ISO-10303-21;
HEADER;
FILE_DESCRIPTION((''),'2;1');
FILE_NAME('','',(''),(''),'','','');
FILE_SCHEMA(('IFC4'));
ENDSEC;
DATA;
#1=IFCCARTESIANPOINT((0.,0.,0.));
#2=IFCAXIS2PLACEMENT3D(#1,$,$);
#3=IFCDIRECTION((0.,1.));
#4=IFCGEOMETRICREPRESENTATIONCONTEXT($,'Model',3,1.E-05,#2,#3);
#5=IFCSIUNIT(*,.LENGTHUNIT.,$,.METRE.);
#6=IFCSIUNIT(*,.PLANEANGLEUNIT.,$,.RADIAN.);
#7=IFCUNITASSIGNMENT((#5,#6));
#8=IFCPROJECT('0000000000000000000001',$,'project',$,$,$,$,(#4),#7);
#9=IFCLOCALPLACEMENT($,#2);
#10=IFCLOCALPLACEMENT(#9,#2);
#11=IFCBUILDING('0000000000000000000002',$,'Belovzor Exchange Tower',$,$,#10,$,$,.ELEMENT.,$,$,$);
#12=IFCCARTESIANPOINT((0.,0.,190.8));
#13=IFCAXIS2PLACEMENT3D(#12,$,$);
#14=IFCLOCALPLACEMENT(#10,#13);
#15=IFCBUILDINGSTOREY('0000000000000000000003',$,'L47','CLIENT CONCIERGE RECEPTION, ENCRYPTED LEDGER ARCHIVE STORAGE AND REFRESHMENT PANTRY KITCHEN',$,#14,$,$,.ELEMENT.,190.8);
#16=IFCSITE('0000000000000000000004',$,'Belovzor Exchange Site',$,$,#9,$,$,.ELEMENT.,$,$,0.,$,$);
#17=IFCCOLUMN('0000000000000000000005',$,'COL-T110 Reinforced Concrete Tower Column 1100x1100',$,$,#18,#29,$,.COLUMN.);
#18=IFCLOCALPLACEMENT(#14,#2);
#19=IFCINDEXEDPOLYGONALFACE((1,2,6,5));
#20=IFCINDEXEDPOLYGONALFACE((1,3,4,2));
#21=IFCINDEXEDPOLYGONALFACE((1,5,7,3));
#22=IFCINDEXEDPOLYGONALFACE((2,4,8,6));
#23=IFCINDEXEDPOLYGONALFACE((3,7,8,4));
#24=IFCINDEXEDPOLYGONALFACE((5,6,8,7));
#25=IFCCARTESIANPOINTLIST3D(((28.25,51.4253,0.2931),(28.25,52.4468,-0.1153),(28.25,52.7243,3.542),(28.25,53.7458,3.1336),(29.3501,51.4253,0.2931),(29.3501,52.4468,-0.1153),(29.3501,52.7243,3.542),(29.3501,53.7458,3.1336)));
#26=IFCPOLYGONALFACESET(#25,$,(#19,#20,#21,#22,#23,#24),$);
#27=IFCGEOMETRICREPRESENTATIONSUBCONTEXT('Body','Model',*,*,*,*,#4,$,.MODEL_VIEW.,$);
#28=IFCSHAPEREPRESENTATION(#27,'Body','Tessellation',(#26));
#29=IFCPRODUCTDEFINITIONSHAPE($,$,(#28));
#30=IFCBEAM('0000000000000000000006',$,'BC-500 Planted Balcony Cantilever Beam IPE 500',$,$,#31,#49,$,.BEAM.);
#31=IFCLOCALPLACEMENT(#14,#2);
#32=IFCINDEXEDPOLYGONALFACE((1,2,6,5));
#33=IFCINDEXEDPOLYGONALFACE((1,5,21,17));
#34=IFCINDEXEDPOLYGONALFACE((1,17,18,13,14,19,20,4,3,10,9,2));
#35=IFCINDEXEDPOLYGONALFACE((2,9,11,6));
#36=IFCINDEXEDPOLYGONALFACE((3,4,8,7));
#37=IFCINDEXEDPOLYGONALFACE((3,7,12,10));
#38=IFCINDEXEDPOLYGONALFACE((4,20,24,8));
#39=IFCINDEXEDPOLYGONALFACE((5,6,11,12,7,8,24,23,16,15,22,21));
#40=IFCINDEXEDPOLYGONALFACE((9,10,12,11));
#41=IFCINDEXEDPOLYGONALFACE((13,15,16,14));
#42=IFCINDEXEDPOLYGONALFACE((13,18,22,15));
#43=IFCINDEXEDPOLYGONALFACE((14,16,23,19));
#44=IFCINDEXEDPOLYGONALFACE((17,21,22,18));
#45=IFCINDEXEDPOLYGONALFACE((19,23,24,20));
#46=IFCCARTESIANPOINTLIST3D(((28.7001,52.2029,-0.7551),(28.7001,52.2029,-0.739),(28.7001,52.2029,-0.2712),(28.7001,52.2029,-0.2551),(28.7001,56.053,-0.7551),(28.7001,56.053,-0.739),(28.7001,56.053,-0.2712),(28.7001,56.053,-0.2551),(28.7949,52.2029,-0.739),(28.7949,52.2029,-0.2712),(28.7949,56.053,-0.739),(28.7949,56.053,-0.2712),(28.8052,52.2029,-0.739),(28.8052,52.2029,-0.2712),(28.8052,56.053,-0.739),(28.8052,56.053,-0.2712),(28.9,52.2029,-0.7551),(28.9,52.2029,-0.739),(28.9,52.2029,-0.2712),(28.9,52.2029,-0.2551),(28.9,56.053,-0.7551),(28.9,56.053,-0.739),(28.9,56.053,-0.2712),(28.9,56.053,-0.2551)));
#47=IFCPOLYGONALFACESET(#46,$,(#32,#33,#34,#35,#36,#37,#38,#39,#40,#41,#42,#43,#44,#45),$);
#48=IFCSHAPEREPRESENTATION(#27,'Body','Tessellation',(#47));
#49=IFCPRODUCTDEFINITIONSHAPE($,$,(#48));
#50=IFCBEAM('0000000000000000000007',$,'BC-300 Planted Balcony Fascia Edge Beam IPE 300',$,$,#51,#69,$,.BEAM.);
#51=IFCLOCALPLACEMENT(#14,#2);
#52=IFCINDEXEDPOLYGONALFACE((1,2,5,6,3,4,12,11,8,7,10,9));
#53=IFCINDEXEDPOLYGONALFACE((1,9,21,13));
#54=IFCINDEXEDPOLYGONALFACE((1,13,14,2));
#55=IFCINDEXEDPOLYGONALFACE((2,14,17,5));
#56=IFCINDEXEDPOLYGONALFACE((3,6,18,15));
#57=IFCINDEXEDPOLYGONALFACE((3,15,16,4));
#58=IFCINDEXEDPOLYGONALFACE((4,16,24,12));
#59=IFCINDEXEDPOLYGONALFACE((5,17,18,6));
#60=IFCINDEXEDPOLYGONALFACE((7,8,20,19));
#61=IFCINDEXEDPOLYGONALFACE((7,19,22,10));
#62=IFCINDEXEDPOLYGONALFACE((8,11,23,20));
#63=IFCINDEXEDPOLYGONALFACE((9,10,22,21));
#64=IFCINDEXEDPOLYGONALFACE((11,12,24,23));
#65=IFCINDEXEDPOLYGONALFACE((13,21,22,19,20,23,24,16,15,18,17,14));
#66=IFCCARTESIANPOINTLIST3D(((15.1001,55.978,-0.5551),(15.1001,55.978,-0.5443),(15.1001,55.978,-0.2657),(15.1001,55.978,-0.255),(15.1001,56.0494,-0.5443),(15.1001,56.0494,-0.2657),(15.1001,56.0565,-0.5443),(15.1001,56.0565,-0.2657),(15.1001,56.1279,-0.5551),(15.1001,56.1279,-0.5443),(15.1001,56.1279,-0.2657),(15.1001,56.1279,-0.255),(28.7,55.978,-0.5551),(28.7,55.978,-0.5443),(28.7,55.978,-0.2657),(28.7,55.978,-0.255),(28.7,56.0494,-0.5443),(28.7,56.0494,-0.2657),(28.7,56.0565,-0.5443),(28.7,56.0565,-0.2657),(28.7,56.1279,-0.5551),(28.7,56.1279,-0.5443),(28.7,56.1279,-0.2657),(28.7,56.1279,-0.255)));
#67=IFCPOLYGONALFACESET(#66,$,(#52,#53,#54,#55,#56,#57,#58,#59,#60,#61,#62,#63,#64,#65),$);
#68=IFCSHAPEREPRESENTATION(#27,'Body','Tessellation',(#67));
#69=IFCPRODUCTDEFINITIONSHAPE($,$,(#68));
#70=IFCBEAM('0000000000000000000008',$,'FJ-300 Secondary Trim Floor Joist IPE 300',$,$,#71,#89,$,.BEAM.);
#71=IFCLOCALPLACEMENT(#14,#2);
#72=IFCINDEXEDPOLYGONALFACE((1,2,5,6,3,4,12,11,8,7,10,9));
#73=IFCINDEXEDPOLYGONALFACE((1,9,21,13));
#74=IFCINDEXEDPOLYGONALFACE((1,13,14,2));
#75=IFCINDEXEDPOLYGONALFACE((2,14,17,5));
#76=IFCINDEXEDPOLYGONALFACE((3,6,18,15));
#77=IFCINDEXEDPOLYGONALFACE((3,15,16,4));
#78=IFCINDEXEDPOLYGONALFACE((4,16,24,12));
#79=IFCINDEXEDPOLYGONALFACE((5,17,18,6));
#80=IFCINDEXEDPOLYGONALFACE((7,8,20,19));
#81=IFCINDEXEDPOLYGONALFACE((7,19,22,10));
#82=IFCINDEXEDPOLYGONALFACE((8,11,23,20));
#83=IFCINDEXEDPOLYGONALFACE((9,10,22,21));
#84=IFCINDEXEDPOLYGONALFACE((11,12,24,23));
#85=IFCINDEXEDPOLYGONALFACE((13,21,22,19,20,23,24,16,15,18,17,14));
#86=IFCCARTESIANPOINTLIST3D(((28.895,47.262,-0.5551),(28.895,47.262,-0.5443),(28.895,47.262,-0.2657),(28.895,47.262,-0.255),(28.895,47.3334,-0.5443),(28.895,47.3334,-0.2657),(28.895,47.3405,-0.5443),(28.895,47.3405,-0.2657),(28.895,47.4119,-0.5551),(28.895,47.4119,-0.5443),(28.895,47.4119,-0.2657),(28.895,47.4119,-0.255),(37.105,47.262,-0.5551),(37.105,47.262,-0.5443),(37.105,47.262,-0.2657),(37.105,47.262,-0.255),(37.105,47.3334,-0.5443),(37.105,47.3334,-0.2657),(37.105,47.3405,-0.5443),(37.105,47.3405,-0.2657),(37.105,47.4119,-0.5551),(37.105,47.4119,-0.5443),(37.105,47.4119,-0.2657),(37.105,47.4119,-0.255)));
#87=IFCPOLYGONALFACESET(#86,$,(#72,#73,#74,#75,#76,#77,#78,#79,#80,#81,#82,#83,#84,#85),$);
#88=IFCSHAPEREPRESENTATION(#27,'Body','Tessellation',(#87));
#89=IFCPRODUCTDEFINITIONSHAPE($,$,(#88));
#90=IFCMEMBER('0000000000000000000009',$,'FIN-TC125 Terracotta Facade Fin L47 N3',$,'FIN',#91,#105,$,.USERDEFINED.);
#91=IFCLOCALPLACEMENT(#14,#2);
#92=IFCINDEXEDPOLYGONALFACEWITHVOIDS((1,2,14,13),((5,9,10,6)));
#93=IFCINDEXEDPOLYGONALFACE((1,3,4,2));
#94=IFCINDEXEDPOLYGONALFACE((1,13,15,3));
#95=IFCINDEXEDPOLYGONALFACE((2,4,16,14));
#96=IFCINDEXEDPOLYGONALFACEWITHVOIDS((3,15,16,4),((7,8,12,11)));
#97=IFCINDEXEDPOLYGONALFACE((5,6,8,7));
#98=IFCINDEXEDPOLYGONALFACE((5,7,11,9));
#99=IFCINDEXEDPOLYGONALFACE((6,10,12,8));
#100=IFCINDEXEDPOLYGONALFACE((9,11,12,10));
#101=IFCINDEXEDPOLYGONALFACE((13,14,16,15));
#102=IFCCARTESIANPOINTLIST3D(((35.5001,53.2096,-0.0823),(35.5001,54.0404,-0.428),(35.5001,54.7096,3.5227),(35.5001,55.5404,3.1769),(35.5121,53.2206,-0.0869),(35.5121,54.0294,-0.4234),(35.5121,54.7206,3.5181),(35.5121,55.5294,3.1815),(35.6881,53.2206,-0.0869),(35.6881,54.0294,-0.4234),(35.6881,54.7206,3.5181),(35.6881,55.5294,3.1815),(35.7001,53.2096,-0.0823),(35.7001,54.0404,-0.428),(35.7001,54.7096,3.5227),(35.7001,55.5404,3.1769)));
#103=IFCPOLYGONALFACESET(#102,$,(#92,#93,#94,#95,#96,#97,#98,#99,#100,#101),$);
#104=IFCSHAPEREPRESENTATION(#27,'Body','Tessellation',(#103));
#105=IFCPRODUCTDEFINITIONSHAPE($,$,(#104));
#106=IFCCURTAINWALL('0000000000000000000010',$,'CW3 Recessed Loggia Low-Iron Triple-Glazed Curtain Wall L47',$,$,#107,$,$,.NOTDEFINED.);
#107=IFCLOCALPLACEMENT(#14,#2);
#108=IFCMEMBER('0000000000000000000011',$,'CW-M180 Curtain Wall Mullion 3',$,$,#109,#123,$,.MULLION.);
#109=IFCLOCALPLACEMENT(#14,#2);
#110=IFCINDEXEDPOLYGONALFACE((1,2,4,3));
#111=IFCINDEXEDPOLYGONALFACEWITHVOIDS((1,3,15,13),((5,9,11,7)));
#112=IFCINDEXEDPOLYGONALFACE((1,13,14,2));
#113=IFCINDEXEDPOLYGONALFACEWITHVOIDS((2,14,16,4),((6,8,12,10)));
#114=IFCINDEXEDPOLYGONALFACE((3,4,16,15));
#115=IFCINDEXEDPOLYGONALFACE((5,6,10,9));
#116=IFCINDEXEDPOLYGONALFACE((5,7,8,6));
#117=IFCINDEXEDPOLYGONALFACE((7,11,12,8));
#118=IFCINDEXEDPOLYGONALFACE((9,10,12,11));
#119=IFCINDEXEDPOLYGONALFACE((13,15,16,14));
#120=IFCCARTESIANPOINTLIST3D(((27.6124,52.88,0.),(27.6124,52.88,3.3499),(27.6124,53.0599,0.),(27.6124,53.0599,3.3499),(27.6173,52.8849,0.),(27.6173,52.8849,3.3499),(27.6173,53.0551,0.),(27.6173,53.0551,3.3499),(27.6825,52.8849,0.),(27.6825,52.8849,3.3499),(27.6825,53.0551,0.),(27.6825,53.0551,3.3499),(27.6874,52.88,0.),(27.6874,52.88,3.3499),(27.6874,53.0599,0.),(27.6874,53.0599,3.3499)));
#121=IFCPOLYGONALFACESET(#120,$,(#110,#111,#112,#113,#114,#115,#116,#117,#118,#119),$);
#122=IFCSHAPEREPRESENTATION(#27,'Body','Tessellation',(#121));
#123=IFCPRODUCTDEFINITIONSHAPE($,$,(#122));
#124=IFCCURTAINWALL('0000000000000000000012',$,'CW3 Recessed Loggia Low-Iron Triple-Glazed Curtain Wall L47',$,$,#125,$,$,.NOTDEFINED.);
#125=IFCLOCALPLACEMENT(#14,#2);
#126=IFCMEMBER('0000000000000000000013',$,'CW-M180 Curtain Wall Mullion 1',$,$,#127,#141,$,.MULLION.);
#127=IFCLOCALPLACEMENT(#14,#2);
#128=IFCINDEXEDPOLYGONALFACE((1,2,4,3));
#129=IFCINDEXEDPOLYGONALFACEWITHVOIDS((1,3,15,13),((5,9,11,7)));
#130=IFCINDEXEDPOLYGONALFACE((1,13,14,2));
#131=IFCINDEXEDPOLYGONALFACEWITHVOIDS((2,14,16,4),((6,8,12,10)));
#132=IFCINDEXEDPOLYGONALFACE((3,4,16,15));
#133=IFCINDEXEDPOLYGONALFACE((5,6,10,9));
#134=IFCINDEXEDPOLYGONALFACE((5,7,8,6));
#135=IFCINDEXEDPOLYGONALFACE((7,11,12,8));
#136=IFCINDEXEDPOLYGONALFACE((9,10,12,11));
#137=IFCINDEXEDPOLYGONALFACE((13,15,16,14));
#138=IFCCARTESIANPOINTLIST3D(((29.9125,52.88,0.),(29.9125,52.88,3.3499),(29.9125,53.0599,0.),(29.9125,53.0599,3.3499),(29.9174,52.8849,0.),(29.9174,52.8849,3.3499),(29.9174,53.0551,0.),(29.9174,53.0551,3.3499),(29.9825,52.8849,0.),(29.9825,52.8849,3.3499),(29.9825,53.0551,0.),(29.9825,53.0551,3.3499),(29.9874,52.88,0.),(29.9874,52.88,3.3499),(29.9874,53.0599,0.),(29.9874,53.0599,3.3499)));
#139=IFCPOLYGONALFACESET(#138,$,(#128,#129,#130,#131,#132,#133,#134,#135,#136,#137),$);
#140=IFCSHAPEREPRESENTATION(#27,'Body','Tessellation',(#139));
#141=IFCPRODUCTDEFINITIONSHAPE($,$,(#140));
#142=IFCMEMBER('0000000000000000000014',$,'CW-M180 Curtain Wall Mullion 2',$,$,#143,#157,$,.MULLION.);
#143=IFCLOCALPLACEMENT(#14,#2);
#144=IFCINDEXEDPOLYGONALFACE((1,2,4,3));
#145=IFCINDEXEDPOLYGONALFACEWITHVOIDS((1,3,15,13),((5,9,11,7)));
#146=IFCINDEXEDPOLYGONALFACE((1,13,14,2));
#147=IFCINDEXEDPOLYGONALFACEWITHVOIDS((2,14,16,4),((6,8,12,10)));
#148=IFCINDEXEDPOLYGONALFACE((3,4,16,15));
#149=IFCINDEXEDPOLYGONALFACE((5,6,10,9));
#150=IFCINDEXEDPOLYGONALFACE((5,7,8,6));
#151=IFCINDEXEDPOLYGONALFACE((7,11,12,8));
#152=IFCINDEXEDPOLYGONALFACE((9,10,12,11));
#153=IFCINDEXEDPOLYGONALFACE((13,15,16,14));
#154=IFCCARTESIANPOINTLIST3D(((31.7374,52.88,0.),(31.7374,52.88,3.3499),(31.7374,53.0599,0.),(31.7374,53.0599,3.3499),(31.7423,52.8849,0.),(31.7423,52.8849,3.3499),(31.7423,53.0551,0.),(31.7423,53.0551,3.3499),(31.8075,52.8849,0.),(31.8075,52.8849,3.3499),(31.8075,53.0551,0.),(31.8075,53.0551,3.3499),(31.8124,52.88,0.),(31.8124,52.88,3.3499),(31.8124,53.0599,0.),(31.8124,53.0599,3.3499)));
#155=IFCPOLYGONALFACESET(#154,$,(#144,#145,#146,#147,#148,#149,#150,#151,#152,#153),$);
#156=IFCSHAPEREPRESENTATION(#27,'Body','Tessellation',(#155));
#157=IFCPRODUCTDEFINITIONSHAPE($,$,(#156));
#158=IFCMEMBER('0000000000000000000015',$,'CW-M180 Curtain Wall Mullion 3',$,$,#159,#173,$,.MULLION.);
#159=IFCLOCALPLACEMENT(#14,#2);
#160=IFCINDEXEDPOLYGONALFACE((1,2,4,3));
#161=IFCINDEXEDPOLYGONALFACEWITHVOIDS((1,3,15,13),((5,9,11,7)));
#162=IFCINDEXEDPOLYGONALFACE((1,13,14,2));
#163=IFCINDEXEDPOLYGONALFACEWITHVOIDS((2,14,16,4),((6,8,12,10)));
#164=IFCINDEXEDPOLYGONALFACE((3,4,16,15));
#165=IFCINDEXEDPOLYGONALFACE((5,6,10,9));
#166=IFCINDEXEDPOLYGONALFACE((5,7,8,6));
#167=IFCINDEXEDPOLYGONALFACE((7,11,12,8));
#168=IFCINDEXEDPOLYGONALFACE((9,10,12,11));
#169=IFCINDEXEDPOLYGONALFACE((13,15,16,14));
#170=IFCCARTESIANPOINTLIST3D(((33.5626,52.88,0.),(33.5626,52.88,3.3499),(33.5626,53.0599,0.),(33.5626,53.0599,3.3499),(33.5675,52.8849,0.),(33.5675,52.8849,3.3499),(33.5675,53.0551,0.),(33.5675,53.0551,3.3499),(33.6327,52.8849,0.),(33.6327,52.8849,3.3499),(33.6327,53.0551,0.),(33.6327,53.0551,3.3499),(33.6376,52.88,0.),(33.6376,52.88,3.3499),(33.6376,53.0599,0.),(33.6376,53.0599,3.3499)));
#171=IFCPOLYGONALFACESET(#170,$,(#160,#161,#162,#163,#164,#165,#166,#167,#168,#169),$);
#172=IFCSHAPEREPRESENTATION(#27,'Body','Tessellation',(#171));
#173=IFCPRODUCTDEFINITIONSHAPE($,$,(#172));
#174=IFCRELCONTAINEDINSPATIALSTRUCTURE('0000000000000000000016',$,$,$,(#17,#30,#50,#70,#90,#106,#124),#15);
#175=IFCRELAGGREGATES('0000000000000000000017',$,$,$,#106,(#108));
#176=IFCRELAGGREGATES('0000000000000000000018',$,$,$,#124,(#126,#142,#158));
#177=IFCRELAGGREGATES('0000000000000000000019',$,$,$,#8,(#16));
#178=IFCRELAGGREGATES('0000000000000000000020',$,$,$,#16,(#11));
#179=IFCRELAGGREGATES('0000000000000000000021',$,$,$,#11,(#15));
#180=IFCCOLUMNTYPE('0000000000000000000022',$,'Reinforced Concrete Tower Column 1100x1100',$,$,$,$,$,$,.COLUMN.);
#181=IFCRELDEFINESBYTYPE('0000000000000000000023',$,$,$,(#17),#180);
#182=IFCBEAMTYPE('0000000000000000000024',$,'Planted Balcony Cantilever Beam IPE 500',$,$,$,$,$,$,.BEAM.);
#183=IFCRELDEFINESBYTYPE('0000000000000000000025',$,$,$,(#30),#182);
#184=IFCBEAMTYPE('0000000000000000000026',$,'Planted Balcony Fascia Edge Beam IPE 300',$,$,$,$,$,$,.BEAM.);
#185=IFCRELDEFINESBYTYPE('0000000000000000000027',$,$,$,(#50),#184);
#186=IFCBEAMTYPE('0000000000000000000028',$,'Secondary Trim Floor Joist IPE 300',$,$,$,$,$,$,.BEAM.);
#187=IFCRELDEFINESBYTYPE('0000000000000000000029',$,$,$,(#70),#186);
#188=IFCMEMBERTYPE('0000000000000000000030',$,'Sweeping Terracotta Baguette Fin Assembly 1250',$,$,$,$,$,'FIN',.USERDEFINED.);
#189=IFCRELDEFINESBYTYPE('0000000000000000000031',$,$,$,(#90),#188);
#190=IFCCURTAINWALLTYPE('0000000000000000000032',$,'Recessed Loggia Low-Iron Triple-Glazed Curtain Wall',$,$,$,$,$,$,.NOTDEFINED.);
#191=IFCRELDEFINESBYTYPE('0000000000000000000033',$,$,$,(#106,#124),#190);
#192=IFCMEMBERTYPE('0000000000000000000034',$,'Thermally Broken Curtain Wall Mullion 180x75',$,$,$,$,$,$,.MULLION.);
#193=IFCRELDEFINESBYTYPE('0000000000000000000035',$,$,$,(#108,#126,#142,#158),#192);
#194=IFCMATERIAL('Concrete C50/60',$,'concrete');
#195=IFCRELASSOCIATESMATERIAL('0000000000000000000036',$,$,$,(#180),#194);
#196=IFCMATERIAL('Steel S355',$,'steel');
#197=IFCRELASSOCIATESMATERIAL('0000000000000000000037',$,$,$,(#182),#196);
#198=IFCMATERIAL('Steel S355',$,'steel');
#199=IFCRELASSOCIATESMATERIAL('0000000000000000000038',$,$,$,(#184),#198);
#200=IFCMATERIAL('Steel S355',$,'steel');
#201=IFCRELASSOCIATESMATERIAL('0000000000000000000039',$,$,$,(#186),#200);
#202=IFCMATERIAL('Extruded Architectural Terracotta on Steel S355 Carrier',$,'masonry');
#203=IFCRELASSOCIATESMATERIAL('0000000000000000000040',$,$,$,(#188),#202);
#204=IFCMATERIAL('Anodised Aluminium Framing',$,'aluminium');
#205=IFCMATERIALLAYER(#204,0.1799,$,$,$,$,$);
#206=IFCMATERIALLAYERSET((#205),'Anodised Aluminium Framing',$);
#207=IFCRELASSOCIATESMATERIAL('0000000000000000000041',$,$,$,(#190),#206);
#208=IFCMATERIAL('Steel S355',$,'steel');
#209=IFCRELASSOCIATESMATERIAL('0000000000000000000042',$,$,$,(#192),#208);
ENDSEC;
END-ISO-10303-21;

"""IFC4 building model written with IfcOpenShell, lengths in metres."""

from ifc_helpers import new_model, si_unit, direction, frame, origin, origin_2d, place, context, subcontext, project, spatial, rectangle, hollow_rectangle, i_section, extrude, material, layer, layer_set, material_profile, profile_set, type_object, element, aggregate, save


model = new_model("IFC4")

# Units and contexts
model_context = context("Model", 3, precision=1e-05, world=origin(), true_north=direction((0.0, 1.0)))
body_context = subcontext(model_context, "Body", "Model", "MODEL_VIEW")
ifc_project = project(units=[si_unit("LENGTHUNIT", "METRE"), si_unit("PLANEANGLEUNIT", "RADIAN")], contexts=[model_context])

# Site, building, storey
site_placement = place(None, origin())
site = spatial("IfcSite", under=ifc_project, at=site_placement, Name="Belovzor Exchange Site", CompositionType="ELEMENT", RefElevation=0.0)
building_placement = place(site_placement, origin())
building = spatial("IfcBuilding", under=site, at=building_placement, Name="Belovzor Exchange Tower", CompositionType="ELEMENT")
storey_placement = place(building_placement, frame((0.0, 0.0, 190.8)))
storey = spatial("IfcBuildingStorey", under=building, at=storey_placement, Name="L47", Description="CLIENT CONCIERGE RECEPTION, ENCRYPTED LEDGER ARCHIVE STORAGE AND REFRESHMENT PANTRY KITCHEN", CompositionType="ELEMENT", Elevation=190.8)

# Column
ifc_material_1 = material(Name="Concrete C50/60", Category="concrete")
ifc_material_profile_1 = material_profile(ifc_material_1, rectangle(XDim=1.1001, YDim=1.1001, at=origin_2d()))
ifc_profile_set_1 = profile_set([ifc_material_profile_1], Name="Concrete C50/60")
column_type = type_object("IfcColumnType", Name="Reinforced Concrete Tower Column 1100x1100", PredefinedType="COLUMN", material=ifc_profile_set_1)
column_placement = place(storey_placement, frame((28.8, 51.936, 0.0889), z_axis=(0.0, 0.371258, 0.92853), x_axis=(-1.0, 0.0, 0.0)))
element("IfcColumn", 1, at=column_placement, inside=storey, type_object=column_type, Name="COL-T110 Reinforced Concrete Tower Column 1100x1100", PredefinedType="COLUMN", context=body_context, shape_type="SweptSolid", body=[
    extrude(rectangle(XDim=1.1001, YDim=1.1001, at=origin_2d()), origin(), (0.0, 0.0, 1.0), 3.499),
])

# Beams
ifc_material_2 = material(Name="Steel S355", Category="steel")
ifc_material_profile_2 = material_profile(ifc_material_2, i_section(OverallWidth=0.2, OverallDepth=0.5, WebThickness=0.0103, FlangeThickness=0.0161, at=origin_2d()))
ifc_profile_set_2 = profile_set([ifc_material_profile_2], Name="Steel S355")
beam_type_1 = type_object("IfcBeamType", Name="Planted Balcony Cantilever Beam IPE 500", PredefinedType="BEAM", material=ifc_profile_set_2)
beam_1_placement = place(storey_placement, frame((28.8, 52.2029, -0.5051), z_axis=(0.0, 1.0, 0.0), x_axis=(-1.0, 0.0, 0.0)))
element("IfcBeam", 2, at=beam_1_placement, inside=storey, type_object=beam_type_1, Name="BC-500 Planted Balcony Cantilever Beam IPE 500", PredefinedType="BEAM", context=body_context, shape_type="SweptSolid", body=[
    extrude(i_section(OverallWidth=0.2, OverallDepth=0.5, WebThickness=0.0103, FlangeThickness=0.0161, at=origin_2d()), origin(), (0.0, 0.0, 1.0), 3.8501),
])
ifc_material_3 = material(Name="Steel S355", Category="steel")
ifc_material_profile_3 = material_profile(ifc_material_3, i_section(OverallWidth=0.1499, OverallDepth=0.3, WebThickness=0.0071, FlangeThickness=0.0107, at=origin_2d()))
ifc_profile_set_3 = profile_set([ifc_material_profile_3], Name="Steel S355")
beam_type_2 = type_object("IfcBeamType", Name="Planted Balcony Fascia Edge Beam IPE 300", PredefinedType="BEAM", material=ifc_profile_set_3)
beam_2_placement = place(storey_placement, frame((28.7, 56.053, -0.405), z_axis=(-1.0, 0.0, 0.0), x_axis=(0.0, -1.0, 0.0)))
element("IfcBeam", 3, at=beam_2_placement, inside=storey, type_object=beam_type_2, Name="BC-300 Planted Balcony Fascia Edge Beam IPE 300", PredefinedType="BEAM", context=body_context, shape_type="SweptSolid", body=[
    extrude(i_section(OverallWidth=0.1499, OverallDepth=0.3, WebThickness=0.0071, FlangeThickness=0.0107, at=origin_2d()), origin(), (0.0, 0.0, 1.0), 13.5999),
])
ifc_material_4 = material(Name="Steel S355", Category="steel")
ifc_material_profile_4 = material_profile(ifc_material_4, i_section(OverallWidth=0.1499, OverallDepth=0.3, WebThickness=0.0071, FlangeThickness=0.0107, at=origin_2d()))
ifc_profile_set_4 = profile_set([ifc_material_profile_4], Name="Steel S355")
beam_type_3 = type_object("IfcBeamType", Name="Secondary Trim Floor Joist IPE 300", PredefinedType="BEAM", material=ifc_profile_set_4)
beam_3_placement = place(storey_placement, frame((28.895, 47.3369, -0.405), z_axis=(1.0, 0.0, 0.0), x_axis=(0.0, 1.0, 0.0)))
element("IfcBeam", 4, at=beam_3_placement, inside=storey, type_object=beam_type_3, Name="FJ-300 Secondary Trim Floor Joist IPE 300", PredefinedType="BEAM", context=body_context, shape_type="SweptSolid", body=[
    extrude(i_section(OverallWidth=0.1499, OverallDepth=0.3, WebThickness=0.0071, FlangeThickness=0.0107, at=origin_2d()), origin(), (0.0, 0.0, 1.0), 8.21),
])

# Member
ifc_material_5 = material(Name="Extruded Architectural Terracotta on Steel S355 Carrier", Category="masonry")
ifc_material_profile_5 = material_profile(ifc_material_5, hollow_rectangle(XDim=0.2, YDim=0.8999, WallThickness=0.012, at=origin_2d()))
ifc_profile_set_5 = profile_set([ifc_material_profile_5], Name="Extruded Architectural Terracotta on Steel S355 Carrier")
member_type_1 = type_object("IfcMemberType", Name="Sweeping Terracotta Baguette Fin Assembly 1250", ElementType="FIN", PredefinedType="USERDEFINED", material=ifc_profile_set_5)
member_1_placement = place(storey_placement, frame((35.6001, 53.625, -0.2551), z_axis=(0.0, 0.384162, 0.923266), x_axis=(-1.0, 0.0, 0.0)))
element("IfcMember", 5, at=member_1_placement, inside=storey, type_object=member_type_1, Name="FIN-TC125 Terracotta Facade Fin L47 N3", ObjectType="FIN", PredefinedType="USERDEFINED", context=body_context, shape_type="SweptSolid", body=[
    extrude(hollow_rectangle(XDim=0.2, YDim=0.8999, WallThickness=0.012, at=origin_2d()), origin(), (0.0, 0.0, 1.0), 3.9045),
])

# Curtain wall, member
ifc_material_6 = material(Name="Anodised Aluminium Framing", Category="aluminium")
ifc_layer_1 = layer(ifc_material_6, 0.1799)
ifc_layer_set_1 = layer_set([ifc_layer_1], Name="Anodised Aluminium Framing")
curtain_wall_type = type_object("IfcCurtainWallType", Name="Recessed Loggia Low-Iron Triple-Glazed Curtain Wall", PredefinedType="NOTDEFINED", material=ifc_layer_set_1)
curtain_wall_1_placement = place(storey_placement, origin())
curtain_wall_1 = element("IfcCurtainWall", 6, at=curtain_wall_1_placement, inside=storey, type_object=curtain_wall_type, Name="CW3 Recessed Loggia Low-Iron Triple-Glazed Curtain Wall L47", PredefinedType="NOTDEFINED")
ifc_material_7 = material(Name="Steel S355", Category="steel")
ifc_material_profile_6 = material_profile(ifc_material_7, hollow_rectangle(XDim=0.075, YDim=0.1799, WallThickness=0.0049, at=origin_2d()))
ifc_profile_set_6 = profile_set([ifc_material_profile_6], Name="Steel S355")
member_type_2 = type_object("IfcMemberType", Name="Thermally Broken Curtain Wall Mullion 180x75", PredefinedType="MULLION", material=ifc_profile_set_6)
member_2_placement = place(storey_placement, frame((27.6499, 52.97, 0.0), z_axis=(0.0, 0.0, 1.0), x_axis=(1.0, 0.0, 0.0)))
member_2 = element("IfcMember", 7, at=member_2_placement, type_object=member_type_2, Name="CW-M180 Curtain Wall Mullion 3", PredefinedType="MULLION", context=body_context, shape_type="SweptSolid", body=[
    extrude(hollow_rectangle(XDim=0.075, YDim=0.1799, WallThickness=0.0049, at=origin_2d()), origin(), (0.0, 0.0, 1.0), 3.3499),
])

# Curtain wall, members
curtain_wall_2_placement = place(storey_placement, origin())
curtain_wall_2 = element("IfcCurtainWall", 8, at=curtain_wall_2_placement, inside=storey, type_object=curtain_wall_type, Name="CW3 Recessed Loggia Low-Iron Triple-Glazed Curtain Wall L47", PredefinedType="NOTDEFINED")
member_3_placement = place(storey_placement, frame((29.95, 52.97, 0.0), z_axis=(0.0, 0.0, 1.0), x_axis=(1.0, 0.0, 0.0)))
member_3 = element("IfcMember", 9, at=member_3_placement, type_object=member_type_2, Name="CW-M180 Curtain Wall Mullion 1", PredefinedType="MULLION", context=body_context, shape_type="SweptSolid", body=[
    extrude(hollow_rectangle(XDim=0.075, YDim=0.1799, WallThickness=0.0049, at=origin_2d()), origin(), (0.0, 0.0, 1.0), 3.3499),
])
member_4_placement = place(storey_placement, frame((31.7749, 52.97, 0.0), z_axis=(0.0, 0.0, 1.0), x_axis=(1.0, 0.0, 0.0)))
member_4 = element("IfcMember", 10, at=member_4_placement, type_object=member_type_2, Name="CW-M180 Curtain Wall Mullion 2", PredefinedType="MULLION", context=body_context, shape_type="SweptSolid", body=[
    extrude(hollow_rectangle(XDim=0.075, YDim=0.1799, WallThickness=0.0049, at=origin_2d()), origin(), (0.0, 0.0, 1.0), 3.3499),
])
member_5_placement = place(storey_placement, frame((33.6001, 52.97, 0.0), z_axis=(0.0, 0.0, 1.0), x_axis=(1.0, 0.0, 0.0)))
member_5 = element("IfcMember", 11, at=member_5_placement, type_object=member_type_2, Name="CW-M180 Curtain Wall Mullion 3", PredefinedType="MULLION", context=body_context, shape_type="SweptSolid", body=[
    extrude(hollow_rectangle(XDim=0.075, YDim=0.1799, WallThickness=0.0049, at=origin_2d()), origin(), (0.0, 0.0, 1.0), 3.3499),
])

aggregate(curtain_wall_1, [member_2])
aggregate(curtain_wall_2, [member_3, member_4, member_5])

save(model, "model.ifc")
